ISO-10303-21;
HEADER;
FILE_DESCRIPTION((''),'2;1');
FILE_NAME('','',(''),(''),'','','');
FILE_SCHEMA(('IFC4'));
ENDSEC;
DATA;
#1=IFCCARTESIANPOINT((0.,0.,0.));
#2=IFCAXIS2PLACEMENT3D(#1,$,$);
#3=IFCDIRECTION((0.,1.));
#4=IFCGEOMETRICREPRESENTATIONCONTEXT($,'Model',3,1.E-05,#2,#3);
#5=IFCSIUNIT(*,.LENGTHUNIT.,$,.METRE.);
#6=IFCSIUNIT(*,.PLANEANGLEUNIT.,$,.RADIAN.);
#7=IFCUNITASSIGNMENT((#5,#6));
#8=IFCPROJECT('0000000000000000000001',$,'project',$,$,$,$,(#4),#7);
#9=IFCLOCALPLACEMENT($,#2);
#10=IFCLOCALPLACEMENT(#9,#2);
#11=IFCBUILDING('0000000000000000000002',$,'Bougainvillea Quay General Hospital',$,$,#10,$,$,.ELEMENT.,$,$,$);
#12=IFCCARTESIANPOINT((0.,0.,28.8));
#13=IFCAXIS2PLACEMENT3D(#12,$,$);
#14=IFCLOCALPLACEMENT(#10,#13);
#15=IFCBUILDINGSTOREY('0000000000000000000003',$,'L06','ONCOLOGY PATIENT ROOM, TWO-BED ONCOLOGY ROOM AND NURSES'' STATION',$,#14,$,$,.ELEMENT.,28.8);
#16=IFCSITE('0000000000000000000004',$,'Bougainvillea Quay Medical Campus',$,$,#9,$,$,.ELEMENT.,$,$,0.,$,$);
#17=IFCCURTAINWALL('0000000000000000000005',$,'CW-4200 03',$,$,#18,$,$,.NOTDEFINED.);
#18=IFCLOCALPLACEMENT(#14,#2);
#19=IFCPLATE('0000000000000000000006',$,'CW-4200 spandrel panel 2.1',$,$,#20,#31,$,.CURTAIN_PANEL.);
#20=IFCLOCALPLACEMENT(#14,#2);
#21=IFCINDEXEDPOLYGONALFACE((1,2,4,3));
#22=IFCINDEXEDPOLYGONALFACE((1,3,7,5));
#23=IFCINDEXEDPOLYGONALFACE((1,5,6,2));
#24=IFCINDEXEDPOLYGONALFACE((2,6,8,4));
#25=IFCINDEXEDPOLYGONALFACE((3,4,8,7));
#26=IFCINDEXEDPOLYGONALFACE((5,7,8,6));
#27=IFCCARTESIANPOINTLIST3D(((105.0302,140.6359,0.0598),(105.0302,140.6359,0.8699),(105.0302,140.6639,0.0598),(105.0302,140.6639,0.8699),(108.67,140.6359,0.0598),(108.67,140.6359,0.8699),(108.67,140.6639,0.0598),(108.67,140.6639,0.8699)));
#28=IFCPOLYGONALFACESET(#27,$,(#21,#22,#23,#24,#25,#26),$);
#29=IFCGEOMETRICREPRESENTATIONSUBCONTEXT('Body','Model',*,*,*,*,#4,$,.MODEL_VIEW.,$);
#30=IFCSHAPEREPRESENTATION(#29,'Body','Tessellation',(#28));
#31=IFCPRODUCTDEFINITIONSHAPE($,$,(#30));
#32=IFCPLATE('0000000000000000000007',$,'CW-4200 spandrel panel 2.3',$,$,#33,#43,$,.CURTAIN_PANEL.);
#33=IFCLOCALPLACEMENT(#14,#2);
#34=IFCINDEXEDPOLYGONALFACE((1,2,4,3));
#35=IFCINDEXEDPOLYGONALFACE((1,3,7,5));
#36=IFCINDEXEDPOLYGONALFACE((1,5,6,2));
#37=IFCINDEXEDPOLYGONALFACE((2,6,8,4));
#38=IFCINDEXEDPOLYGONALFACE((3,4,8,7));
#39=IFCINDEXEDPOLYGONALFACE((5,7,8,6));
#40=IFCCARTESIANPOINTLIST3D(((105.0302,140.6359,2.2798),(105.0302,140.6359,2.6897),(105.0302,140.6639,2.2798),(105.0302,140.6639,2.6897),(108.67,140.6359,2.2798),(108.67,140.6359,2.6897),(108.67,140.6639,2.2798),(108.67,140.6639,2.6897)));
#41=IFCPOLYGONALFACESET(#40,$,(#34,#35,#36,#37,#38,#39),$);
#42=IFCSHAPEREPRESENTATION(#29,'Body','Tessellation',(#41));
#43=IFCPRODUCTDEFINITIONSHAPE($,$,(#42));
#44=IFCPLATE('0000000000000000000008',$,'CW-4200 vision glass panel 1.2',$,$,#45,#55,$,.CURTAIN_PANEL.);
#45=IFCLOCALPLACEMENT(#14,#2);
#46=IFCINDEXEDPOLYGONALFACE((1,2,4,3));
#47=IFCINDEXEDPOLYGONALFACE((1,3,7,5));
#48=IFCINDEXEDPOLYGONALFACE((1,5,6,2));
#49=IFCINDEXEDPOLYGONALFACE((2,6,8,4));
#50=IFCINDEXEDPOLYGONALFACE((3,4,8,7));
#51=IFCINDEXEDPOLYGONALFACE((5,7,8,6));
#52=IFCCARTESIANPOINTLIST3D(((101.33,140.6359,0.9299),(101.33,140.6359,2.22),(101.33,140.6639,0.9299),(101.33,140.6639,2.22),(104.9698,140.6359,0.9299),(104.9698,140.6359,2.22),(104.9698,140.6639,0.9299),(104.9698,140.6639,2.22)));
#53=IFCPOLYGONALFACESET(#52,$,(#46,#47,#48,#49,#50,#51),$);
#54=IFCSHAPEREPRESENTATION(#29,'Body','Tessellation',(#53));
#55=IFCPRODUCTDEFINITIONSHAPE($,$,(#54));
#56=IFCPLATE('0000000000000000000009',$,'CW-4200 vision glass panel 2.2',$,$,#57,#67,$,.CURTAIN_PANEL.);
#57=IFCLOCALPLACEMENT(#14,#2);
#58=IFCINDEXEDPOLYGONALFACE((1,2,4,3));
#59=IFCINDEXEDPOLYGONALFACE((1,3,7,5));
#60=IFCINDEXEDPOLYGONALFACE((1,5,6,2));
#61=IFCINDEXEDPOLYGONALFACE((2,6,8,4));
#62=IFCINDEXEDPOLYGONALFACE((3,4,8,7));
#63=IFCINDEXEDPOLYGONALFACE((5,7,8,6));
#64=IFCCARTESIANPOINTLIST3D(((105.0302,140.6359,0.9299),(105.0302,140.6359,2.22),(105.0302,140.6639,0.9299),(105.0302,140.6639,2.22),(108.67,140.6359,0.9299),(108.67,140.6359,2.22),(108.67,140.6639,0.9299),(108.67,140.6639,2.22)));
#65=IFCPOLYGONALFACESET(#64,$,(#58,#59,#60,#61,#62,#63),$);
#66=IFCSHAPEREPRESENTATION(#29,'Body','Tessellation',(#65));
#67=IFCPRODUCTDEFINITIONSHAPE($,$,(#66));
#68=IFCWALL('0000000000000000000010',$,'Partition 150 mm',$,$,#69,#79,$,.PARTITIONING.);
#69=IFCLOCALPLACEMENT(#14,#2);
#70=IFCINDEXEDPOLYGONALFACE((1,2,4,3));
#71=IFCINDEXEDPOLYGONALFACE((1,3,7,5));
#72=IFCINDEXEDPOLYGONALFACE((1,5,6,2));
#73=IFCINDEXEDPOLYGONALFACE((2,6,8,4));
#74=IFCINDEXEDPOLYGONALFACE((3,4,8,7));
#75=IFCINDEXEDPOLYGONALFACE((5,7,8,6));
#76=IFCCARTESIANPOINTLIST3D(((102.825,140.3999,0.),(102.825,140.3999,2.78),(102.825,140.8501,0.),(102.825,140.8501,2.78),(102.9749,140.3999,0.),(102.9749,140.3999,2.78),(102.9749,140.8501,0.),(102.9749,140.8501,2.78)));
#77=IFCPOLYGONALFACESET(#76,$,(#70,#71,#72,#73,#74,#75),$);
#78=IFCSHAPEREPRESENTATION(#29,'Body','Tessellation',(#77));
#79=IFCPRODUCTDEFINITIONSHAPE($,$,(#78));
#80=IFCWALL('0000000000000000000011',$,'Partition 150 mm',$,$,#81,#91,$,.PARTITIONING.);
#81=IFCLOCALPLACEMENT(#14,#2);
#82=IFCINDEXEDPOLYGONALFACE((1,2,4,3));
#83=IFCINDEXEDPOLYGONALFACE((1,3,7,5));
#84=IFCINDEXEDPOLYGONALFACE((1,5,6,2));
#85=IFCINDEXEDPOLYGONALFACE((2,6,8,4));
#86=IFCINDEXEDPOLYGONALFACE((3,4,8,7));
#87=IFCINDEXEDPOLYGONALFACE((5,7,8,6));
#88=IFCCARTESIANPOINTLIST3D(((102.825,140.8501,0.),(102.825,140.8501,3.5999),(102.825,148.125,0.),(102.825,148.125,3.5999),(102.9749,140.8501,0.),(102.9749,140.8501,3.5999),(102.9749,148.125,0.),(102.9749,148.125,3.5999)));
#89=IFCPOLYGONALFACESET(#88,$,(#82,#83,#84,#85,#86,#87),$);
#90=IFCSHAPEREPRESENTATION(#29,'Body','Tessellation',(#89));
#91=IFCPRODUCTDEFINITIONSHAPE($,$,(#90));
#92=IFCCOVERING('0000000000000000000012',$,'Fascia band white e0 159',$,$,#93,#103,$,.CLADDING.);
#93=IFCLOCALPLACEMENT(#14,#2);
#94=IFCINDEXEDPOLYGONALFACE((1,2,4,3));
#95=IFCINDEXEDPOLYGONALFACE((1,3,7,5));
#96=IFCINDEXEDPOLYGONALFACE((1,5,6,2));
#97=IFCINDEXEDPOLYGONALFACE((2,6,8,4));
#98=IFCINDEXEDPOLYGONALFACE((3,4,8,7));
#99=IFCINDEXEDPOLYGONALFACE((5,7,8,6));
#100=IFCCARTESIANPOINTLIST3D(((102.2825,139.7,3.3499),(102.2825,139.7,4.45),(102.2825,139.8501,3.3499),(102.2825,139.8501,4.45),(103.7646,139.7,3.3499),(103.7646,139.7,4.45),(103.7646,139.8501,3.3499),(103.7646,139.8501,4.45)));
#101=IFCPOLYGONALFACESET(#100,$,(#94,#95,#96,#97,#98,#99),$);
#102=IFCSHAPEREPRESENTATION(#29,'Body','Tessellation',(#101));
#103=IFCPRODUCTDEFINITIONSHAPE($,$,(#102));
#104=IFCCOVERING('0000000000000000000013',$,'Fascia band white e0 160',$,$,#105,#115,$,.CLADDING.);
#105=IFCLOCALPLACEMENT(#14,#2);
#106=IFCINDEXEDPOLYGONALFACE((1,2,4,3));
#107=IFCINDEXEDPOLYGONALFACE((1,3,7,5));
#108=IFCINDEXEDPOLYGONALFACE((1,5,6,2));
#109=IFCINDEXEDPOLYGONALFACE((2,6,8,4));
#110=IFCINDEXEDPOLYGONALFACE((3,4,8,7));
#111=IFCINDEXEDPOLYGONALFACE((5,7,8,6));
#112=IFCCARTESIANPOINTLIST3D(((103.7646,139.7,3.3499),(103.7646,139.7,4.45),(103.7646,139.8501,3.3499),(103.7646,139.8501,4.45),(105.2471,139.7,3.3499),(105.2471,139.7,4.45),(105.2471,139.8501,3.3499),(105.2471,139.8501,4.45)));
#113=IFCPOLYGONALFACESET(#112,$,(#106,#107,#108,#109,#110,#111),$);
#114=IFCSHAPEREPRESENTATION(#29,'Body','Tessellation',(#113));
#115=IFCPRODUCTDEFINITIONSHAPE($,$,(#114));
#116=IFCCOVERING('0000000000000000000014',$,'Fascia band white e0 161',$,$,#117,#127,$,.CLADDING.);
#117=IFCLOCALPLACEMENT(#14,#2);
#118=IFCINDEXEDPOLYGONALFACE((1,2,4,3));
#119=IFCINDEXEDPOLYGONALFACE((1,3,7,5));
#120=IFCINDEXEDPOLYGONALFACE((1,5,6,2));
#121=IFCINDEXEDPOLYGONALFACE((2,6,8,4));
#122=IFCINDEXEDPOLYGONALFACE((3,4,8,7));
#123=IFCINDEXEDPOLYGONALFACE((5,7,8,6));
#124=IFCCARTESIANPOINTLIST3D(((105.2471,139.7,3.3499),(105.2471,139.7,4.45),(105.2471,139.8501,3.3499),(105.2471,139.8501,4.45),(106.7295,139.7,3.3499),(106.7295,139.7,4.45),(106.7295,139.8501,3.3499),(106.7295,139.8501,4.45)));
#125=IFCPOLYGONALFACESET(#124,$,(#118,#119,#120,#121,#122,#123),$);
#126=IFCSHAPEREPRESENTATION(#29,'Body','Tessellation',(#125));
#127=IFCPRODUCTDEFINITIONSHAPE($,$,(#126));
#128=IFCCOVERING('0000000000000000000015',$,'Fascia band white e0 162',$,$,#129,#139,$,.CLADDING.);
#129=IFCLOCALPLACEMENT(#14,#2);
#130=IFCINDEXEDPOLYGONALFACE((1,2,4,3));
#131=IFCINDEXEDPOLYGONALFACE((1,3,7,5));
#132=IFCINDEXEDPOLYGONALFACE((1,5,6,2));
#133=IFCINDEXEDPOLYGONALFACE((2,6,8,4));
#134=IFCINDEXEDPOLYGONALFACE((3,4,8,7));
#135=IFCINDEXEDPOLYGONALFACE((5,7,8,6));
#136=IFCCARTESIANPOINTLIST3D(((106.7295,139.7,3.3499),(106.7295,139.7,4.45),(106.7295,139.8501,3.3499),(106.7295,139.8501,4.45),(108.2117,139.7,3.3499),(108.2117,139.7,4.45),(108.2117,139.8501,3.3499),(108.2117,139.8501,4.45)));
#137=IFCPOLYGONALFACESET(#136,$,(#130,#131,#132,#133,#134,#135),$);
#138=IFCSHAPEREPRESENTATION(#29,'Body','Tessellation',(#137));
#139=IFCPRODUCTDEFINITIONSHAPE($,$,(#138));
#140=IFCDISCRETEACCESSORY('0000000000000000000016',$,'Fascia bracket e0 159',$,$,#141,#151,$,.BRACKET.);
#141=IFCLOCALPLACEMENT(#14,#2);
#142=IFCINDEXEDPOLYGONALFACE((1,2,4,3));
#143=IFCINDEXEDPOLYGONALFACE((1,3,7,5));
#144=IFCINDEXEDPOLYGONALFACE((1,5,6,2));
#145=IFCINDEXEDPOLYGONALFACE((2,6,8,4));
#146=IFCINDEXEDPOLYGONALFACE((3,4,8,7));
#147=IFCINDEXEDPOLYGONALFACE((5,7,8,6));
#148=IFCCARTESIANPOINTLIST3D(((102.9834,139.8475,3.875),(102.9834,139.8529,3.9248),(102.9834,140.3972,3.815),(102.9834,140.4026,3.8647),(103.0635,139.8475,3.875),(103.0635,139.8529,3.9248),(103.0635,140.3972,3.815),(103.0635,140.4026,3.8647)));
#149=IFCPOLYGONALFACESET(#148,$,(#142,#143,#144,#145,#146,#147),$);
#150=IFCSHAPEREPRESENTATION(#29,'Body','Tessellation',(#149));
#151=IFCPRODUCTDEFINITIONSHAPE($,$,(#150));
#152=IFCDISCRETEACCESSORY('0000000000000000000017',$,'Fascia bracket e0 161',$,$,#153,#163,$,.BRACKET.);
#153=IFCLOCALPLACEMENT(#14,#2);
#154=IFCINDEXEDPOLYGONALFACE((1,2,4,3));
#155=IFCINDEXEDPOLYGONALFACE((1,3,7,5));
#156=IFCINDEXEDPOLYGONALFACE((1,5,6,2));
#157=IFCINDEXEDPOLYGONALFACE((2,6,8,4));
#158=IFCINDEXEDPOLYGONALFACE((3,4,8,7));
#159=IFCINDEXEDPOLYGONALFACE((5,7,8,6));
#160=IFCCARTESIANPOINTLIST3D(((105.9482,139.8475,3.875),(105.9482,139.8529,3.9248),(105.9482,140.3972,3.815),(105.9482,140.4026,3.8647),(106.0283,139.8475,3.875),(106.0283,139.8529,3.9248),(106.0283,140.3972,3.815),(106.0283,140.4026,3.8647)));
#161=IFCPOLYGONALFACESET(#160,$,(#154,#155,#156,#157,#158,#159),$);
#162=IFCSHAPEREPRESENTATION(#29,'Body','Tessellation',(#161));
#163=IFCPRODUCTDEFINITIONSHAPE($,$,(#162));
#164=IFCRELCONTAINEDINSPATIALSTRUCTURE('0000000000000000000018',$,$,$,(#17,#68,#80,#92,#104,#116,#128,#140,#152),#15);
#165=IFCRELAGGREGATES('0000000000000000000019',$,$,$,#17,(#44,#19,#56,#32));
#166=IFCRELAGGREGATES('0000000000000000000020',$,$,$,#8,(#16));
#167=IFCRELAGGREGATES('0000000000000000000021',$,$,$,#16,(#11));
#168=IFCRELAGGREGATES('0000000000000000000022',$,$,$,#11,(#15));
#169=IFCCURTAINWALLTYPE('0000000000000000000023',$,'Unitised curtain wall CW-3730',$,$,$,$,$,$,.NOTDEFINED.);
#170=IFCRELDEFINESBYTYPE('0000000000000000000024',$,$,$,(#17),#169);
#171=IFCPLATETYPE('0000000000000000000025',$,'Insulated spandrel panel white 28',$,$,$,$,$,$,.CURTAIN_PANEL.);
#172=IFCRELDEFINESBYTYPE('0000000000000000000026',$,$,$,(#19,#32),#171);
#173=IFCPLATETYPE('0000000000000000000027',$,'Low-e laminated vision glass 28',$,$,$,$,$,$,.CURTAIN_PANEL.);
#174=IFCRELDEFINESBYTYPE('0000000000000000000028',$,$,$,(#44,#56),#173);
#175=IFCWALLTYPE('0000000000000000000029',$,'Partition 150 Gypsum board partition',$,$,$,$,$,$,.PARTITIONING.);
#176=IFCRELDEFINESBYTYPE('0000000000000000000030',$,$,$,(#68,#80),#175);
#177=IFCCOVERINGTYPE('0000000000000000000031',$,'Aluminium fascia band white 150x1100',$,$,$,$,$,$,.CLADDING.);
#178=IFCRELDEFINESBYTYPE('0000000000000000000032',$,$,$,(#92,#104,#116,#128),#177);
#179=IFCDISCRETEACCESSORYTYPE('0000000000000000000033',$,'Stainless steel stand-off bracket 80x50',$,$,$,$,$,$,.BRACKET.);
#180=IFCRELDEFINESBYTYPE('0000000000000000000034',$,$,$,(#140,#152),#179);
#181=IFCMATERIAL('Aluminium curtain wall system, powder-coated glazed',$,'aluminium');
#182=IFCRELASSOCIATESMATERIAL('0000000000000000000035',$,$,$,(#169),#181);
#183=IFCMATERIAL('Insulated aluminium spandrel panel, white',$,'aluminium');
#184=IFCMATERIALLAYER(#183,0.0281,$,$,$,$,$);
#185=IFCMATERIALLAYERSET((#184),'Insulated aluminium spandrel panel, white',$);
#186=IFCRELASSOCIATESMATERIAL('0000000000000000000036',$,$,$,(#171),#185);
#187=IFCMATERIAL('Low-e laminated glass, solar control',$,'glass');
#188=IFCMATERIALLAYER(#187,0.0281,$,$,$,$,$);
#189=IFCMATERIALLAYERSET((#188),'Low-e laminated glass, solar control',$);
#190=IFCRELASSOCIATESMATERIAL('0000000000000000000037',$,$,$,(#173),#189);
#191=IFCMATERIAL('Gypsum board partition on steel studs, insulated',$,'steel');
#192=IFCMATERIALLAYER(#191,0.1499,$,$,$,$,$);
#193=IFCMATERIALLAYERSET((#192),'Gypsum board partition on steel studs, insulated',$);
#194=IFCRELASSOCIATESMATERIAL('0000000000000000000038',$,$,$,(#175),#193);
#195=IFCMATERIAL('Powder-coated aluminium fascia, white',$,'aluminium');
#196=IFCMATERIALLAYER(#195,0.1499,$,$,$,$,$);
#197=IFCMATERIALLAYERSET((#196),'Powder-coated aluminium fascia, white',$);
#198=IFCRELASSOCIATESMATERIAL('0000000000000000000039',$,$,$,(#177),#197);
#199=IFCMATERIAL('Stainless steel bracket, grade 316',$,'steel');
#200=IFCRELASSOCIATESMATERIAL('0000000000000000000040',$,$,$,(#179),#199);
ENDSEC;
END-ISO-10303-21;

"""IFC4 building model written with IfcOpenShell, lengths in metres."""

from ifc_helpers import new_model, si_unit, direction, frame, frame_2d, origin, origin_2d, place, context, subcontext, project, spatial, polyline, rectangle, outline, extrude, material, layer, layer_set, material_profile, profile_set, type_object, element, aggregate, save


model = new_model("IFC4")

# Units and contexts
model_context = context("Model", 3, precision=1e-05, world=origin(), true_north=direction((0.0, 1.0)))
body_context = subcontext(model_context, "Body", "Model", "MODEL_VIEW")
ifc_project = project(units=[si_unit("LENGTHUNIT", "METRE"), si_unit("PLANEANGLEUNIT", "RADIAN")], contexts=[model_context])

# Site, building, storey
site_placement = place(None, origin())
site = spatial("IfcSite", under=ifc_project, at=site_placement, Name="Bougainvillea Quay Medical Campus", CompositionType="ELEMENT", RefElevation=0.0)
building_placement = place(site_placement, origin())
building = spatial("IfcBuilding", under=site, at=building_placement, Name="Bougainvillea Quay General Hospital", CompositionType="ELEMENT")
storey_placement = place(building_placement, frame((0.0, 0.0, 28.8)))
storey = spatial("IfcBuildingStorey", under=building, at=storey_placement, Name="L06", Description="ONCOLOGY PATIENT ROOM, TWO-BED ONCOLOGY ROOM AND NURSES' STATION", CompositionType="ELEMENT", Elevation=28.8)

# Curtain wall
ifc_material_1 = material(Name="Aluminium curtain wall system, powder-coated glazed", Category="aluminium")
curtain_wall_type = type_object("IfcCurtainWallType", Name="Unitised curtain wall CW-3730", PredefinedType="NOTDEFINED", material=ifc_material_1)
curtain_wall_placement = place(storey_placement, origin())
curtain_wall = element("IfcCurtainWall", 1, at=curtain_wall_placement, inside=storey, type_object=curtain_wall_type, Name="CW-4200 03", PredefinedType="NOTDEFINED")

# Plates
ifc_material_2 = material(Name="Insulated aluminium spandrel panel, white", Category="aluminium")
ifc_layer_1 = layer(ifc_material_2, 0.0281)
ifc_layer_set_1 = layer_set([ifc_layer_1], Name="Insulated aluminium spandrel panel, white")
plate_type_1 = type_object("IfcPlateType", Name="Insulated spandrel panel white 28", PredefinedType="CURTAIN_PANEL", material=ifc_layer_set_1)
plate_1_placement = place(storey_placement, frame((106.8501, 140.6499, 0.0598), z_axis=(0.0, 0.0, 1.0), x_axis=(1.0, 0.0, 0.0)))
plate_1 = element("IfcPlate", 2, at=plate_1_placement, type_object=plate_type_1, Name="CW-4200 spandrel panel 2.1", PredefinedType="CURTAIN_PANEL", context=body_context, shape_type="SweptSolid", body=[
    extrude(rectangle(XDim=3.6399, YDim=0.0281, at=origin_2d()), origin(), (0.0, 0.0, 1.0), 0.8101),
])
plate_2_placement = place(storey_placement, frame((106.8501, 140.6499, 2.2798), z_axis=(0.0, 0.0, 1.0), x_axis=(1.0, 0.0, 0.0)))
plate_2 = element("IfcPlate", 3, at=plate_2_placement, type_object=plate_type_1, Name="CW-4200 spandrel panel 2.3", PredefinedType="CURTAIN_PANEL", context=body_context, shape_type="SweptSolid", body=[
    extrude(rectangle(XDim=3.6399, YDim=0.0281, at=origin_2d()), origin(), (0.0, 0.0, 1.0), 0.4099),
])
ifc_material_3 = material(Name="Low-e laminated glass, solar control", Category="glass")
ifc_layer_2 = layer(ifc_material_3, 0.0281)
ifc_layer_set_2 = layer_set([ifc_layer_2], Name="Low-e laminated glass, solar control")
plate_type_2 = type_object("IfcPlateType", Name="Low-e laminated vision glass 28", PredefinedType="CURTAIN_PANEL", material=ifc_layer_set_2)
plate_3_placement = place(storey_placement, frame((103.1499, 140.6499, 0.9299), z_axis=(0.0, 0.0, 1.0), x_axis=(1.0, 0.0, 0.0)))
plate_3 = element("IfcPlate", 4, at=plate_3_placement, type_object=plate_type_2, Name="CW-4200 vision glass panel 1.2", PredefinedType="CURTAIN_PANEL", context=body_context, shape_type="SweptSolid", body=[
    extrude(rectangle(XDim=3.6399, YDim=0.0281, at=origin_2d()), origin(), (0.0, 0.0, 1.0), 1.29),
])
plate_4_placement = place(storey_placement, frame((106.8501, 140.6499, 0.9299), z_axis=(0.0, 0.0, 1.0), x_axis=(1.0, 0.0, 0.0)))
plate_4 = element("IfcPlate", 5, at=plate_4_placement, type_object=plate_type_2, Name="CW-4200 vision glass panel 2.2", PredefinedType="CURTAIN_PANEL", context=body_context, shape_type="SweptSolid", body=[
    extrude(rectangle(XDim=3.6399, YDim=0.0281, at=origin_2d()), origin(), (0.0, 0.0, 1.0), 1.29),
])
aggregate(curtain_wall, [plate_3, plate_1, plate_4, plate_2])

# Walls
ifc_material_4 = material(Name="Gypsum board partition on steel studs, insulated", Category="steel")
ifc_layer_3 = layer(ifc_material_4, 0.1499)
ifc_layer_set_3 = layer_set([ifc_layer_3], Name="Gypsum board partition on steel studs, insulated")
wall_type = type_object("IfcWallType", Name="Partition 150 Gypsum board partition", PredefinedType="PARTITIONING", material=ifc_layer_set_3)
wall_1_placement = place(storey_placement, frame((102.8999, 140.3999, 0.0), z_axis=(0.0, 0.0, 1.0), x_axis=(0.0, 1.0, 0.0)))
element("IfcWall", 6, at=wall_1_placement, inside=storey, type_object=wall_type, Name="Partition 150 mm", PredefinedType="PARTITIONING", context=body_context, shape_type="SweptSolid", body=[
    extrude(rectangle(XDim=0.4502, YDim=0.1499, at=frame_2d((0.2251, 0.0))), origin(), (0.0, 0.0, 1.0), 2.78),
])
wall_2_placement = place(storey_placement, frame((102.8999, 140.8501, 0.0), z_axis=(0.0, 0.0, 1.0), x_axis=(0.0, 1.0, 0.0)))
element("IfcWall", 7, at=wall_2_placement, inside=storey, type_object=wall_type, Name="Partition 150 mm", PredefinedType="PARTITIONING", context=body_context, shape_type="SweptSolid", body=[
    extrude(rectangle(XDim=7.2749, YDim=0.1499, at=frame_2d((3.6375, 0.0))), origin(), (0.0, 0.0, 1.0), 3.5999),
])

# Coverings
ifc_material_5 = material(Name="Powder-coated aluminium fascia, white", Category="aluminium")
ifc_layer_4 = layer(ifc_material_5, 0.1499)
ifc_layer_set_4 = layer_set([ifc_layer_4], Name="Powder-coated aluminium fascia, white")
covering_type = type_object("IfcCoveringType", Name="Aluminium fascia band white 150x1100", PredefinedType="CLADDING", material=ifc_layer_set_4)
covering_1_placement = place(storey_placement, frame((102.2825, 139.8501, 3.3499), z_axis=(0.0, 0.0, 1.0), x_axis=(1.0, 0.0, 0.0)))
element("IfcCovering", 8, at=covering_1_placement, inside=storey, type_object=covering_type, Name="Fascia band white e0 159", PredefinedType="CLADDING", context=body_context, shape_type="SweptSolid", body=[
    extrude(outline(polyline([(0.0, 0.0), (1.4822, 0.0), (1.4822, -0.1501), (0.0, -0.1501), (0.0, 0.0)])), origin(), (0.0, 0.0, 1.0), 1.1001),
])
for number, where, z_axis, x_axis, name in (
    (9, (103.7646, 139.8501, 3.3499), (0.0, 0.0, 1.0), (1.0, 0.0, 0.0), "Fascia band white e0 160"),
    (10, (105.2471, 139.8501, 3.3499), (0.0, 0.0, 1.0), (1.0, 0.0, 0.0), "Fascia band white e0 161"),
):
    element("IfcCovering", number, at=place(storey_placement, frame(where, z_axis=z_axis, x_axis=x_axis)), inside=storey, type_object=covering_type, Name=name, PredefinedType="CLADDING", context=body_context, shape_type="SweptSolid", body=[
        extrude(outline(polyline([(0.0, 0.0), (1.4824, 0.0), (1.4824, -0.1501), (0.0, -0.1501), (0.0, 0.0)])), origin(), (0.0, 0.0, 1.0), 1.1001),
    ])
covering_2_placement = place(storey_placement, frame((106.7295, 139.8501, 3.3499), z_axis=(0.0, 0.0, 1.0), x_axis=(1.0, 0.0, 0.0)))
element("IfcCovering", 11, at=covering_2_placement, inside=storey, type_object=covering_type, Name="Fascia band white e0 162", PredefinedType="CLADDING", context=body_context, shape_type="SweptSolid", body=[
    extrude(outline(polyline([(0.0, 0.0), (1.4822, 0.0), (1.4822, -0.1501), (0.0, -0.1501), (0.0, 0.0)])), origin(), (0.0, 0.0, 1.0), 1.1001),
])

# Discrete accessories
ifc_material_6 = material(Name="Stainless steel bracket, grade 316", Category="steel")
ifc_material_profile_1 = material_profile(ifc_material_6, rectangle(XDim=0.0801, YDim=0.05, at=origin_2d()))
ifc_profile_set_1 = profile_set([ifc_material_profile_1], Name="Stainless steel bracket, grade 316")
discrete_accessory_type = type_object("IfcDiscreteAccessoryType", Name="Stainless steel stand-off bracket 80x50", PredefinedType="BRACKET", material=ifc_profile_set_1)
for number, where, z_axis, x_axis, name in (
    (12, (103.0234, 140.3999, 3.8398), (0.0, -0.994087, 0.10859), (1.0, 0.0, 0.0), "Fascia bracket e0 159"),
    (13, (105.9883, 140.3999, 3.8398), (0.0, -0.994087, 0.10859), (1.0, 0.0, 0.0), "Fascia bracket e0 161"),
):
    element("IfcDiscreteAccessory", number, at=place(storey_placement, frame(where, z_axis=z_axis, x_axis=x_axis)), inside=storey, type_object=discrete_accessory_type, Name=name, PredefinedType="BRACKET", context=body_context, shape_type="SweptSolid", body=[
        extrude(rectangle(XDim=0.0801, YDim=0.05, at=origin_2d()), origin(), (0.0, 0.0, 1.0), 0.553),
    ])

save(model, "model.ifc")
